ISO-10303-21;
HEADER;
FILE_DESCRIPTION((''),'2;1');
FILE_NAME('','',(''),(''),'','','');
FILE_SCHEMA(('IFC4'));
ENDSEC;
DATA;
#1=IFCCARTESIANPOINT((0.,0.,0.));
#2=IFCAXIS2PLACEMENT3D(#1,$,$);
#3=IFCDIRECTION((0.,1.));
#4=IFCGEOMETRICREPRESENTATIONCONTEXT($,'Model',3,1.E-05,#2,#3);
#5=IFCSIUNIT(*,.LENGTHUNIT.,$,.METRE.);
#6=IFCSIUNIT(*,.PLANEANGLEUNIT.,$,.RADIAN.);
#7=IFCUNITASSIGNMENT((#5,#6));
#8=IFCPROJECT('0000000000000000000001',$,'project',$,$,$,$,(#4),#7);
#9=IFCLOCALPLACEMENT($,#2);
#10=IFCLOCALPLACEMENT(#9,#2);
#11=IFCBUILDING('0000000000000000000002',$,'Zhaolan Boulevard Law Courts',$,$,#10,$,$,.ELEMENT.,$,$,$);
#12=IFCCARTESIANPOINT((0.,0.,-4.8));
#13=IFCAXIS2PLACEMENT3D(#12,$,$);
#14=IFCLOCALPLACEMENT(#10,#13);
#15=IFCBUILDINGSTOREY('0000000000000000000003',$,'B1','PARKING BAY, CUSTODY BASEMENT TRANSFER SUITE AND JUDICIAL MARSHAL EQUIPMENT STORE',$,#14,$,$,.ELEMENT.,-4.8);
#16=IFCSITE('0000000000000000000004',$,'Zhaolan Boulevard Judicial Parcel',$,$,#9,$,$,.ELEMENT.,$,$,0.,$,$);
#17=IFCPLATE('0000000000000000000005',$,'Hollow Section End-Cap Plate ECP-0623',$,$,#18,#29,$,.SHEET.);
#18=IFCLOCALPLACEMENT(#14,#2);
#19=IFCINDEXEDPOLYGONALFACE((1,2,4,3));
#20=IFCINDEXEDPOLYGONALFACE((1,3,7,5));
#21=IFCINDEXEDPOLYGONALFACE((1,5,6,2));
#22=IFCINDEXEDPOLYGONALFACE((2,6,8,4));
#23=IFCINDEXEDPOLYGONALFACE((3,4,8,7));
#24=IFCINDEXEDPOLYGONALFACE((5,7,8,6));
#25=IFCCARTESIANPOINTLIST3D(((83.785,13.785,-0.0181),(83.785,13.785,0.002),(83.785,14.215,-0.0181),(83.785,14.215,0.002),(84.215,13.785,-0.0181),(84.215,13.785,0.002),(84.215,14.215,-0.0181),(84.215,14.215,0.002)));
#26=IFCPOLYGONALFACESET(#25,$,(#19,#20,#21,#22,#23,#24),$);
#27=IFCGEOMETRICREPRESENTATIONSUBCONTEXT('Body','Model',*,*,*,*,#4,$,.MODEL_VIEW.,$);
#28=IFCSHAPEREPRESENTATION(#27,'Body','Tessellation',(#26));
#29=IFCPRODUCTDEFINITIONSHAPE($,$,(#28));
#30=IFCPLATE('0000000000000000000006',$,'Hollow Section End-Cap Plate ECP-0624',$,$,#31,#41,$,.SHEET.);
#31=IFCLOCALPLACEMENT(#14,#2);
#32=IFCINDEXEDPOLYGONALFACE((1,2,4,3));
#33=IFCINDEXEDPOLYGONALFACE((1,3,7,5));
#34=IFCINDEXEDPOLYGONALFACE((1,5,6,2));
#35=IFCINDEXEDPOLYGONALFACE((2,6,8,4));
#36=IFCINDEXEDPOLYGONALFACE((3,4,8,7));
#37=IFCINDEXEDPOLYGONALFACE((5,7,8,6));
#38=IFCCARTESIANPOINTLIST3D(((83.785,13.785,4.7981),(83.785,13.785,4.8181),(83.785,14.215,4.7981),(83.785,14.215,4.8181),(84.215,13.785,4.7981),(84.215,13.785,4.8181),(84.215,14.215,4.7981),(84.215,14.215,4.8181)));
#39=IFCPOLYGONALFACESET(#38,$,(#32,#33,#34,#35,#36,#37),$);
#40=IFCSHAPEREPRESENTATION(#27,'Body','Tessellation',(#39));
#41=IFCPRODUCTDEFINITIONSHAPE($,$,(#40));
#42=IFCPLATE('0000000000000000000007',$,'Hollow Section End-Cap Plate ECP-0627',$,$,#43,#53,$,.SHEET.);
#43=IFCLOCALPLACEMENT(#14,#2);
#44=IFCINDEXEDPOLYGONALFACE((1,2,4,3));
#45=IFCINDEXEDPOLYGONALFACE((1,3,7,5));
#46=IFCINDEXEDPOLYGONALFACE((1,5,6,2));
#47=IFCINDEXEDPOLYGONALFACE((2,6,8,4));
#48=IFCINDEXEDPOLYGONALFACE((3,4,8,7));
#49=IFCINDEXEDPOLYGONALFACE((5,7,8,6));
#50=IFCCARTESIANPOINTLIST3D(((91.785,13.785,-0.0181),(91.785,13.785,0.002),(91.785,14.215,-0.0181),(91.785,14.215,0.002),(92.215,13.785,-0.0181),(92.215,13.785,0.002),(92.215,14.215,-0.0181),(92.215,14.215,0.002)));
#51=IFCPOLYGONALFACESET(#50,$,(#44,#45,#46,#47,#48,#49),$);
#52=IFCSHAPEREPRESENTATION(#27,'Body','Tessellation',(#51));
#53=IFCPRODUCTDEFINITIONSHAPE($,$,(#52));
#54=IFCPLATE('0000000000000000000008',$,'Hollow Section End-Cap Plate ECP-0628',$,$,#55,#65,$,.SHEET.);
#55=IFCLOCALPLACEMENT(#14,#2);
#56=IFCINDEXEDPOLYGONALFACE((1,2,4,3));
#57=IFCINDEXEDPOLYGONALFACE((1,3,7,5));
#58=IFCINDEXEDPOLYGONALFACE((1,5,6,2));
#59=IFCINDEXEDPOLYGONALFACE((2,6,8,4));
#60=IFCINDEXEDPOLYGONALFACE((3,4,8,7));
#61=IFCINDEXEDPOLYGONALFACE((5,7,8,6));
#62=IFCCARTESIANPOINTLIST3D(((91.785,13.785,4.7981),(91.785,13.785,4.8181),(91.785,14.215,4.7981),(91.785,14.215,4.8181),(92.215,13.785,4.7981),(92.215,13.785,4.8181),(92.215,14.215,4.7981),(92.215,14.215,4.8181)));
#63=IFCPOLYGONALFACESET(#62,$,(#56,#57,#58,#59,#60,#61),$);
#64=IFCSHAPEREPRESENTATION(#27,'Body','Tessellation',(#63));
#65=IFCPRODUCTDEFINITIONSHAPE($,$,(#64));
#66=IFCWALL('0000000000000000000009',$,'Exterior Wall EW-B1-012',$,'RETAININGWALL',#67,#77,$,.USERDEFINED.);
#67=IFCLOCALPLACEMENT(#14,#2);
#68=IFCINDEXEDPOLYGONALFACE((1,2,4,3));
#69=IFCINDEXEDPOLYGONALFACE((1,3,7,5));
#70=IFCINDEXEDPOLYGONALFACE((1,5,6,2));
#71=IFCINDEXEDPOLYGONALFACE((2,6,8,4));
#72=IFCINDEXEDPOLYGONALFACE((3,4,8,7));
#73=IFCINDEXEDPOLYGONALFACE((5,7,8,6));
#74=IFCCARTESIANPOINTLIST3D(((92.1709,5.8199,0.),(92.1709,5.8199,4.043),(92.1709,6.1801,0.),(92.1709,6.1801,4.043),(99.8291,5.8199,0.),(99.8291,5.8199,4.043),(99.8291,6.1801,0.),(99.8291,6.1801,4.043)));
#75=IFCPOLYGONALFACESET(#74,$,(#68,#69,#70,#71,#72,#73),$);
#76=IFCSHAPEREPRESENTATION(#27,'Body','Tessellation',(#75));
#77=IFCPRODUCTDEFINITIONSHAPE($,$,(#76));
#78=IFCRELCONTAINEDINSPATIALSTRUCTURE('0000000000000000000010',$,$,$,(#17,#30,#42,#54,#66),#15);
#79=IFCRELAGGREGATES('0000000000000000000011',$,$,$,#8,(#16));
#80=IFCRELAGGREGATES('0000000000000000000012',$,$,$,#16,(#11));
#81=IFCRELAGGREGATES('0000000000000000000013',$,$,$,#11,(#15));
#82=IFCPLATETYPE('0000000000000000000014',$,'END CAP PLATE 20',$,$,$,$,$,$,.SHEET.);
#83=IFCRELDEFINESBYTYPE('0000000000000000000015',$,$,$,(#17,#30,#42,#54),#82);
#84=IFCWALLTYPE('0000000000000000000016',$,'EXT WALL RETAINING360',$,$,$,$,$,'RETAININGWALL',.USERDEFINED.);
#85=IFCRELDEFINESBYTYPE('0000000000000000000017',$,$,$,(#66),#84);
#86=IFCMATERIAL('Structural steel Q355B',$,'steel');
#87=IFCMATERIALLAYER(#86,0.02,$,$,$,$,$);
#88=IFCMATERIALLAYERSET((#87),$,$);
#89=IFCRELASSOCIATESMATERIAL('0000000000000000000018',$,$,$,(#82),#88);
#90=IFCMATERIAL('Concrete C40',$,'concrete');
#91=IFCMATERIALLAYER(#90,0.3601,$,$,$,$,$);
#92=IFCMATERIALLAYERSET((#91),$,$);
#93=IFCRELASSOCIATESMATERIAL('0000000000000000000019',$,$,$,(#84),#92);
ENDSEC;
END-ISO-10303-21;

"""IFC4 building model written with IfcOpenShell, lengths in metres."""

from ifc_helpers import new_model, si_unit, direction, frame, frame_2d, origin, origin_2d, place, context, subcontext, project, spatial, rectangle, extrude, material, layer, layer_set, type_object, element, save


model = new_model("IFC4")

# Units and contexts
model_context = context("Model", 3, precision=1e-05, world=origin(), true_north=direction((0.0, 1.0)))
body_context = subcontext(model_context, "Body", "Model", "MODEL_VIEW")
ifc_project = project(units=[si_unit("LENGTHUNIT", "METRE"), si_unit("PLANEANGLEUNIT", "RADIAN")], contexts=[model_context])

# Site, building, storey
site_placement = place(None, origin())
site = spatial("IfcSite", under=ifc_project, at=site_placement, Name="Zhaolan Boulevard Judicial Parcel", CompositionType="ELEMENT", RefElevation=0.0)
building_placement = place(site_placement, origin())
building = spatial("IfcBuilding", under=site, at=building_placement, Name="Zhaolan Boulevard Law Courts", CompositionType="ELEMENT")
storey_placement = place(building_placement, frame((0.0, 0.0, -4.8)))
storey = spatial("IfcBuildingStorey", under=building, at=storey_placement, Name="B1", Description="PARKING BAY, CUSTODY BASEMENT TRANSFER SUITE AND JUDICIAL MARSHAL EQUIPMENT STORE", CompositionType="ELEMENT", Elevation=-4.8)

# Plates
ifc_material_1 = material(Name="Structural steel Q355B", Category="steel")
ifc_layer_1 = layer(ifc_material_1, 0.02)
ifc_layer_set_1 = layer_set([ifc_layer_1])
plate_type = type_object("IfcPlateType", Name="END CAP PLATE 20", PredefinedType="SHEET", material=ifc_layer_set_1)
for number, where, z_axis, x_axis, name in (
    (1, (84.0, 14.0, -0.0181), (0.0, 0.0, 1.0), (1.0, 0.0, 0.0), "Hollow Section End-Cap Plate ECP-0623"),
    (2, (84.0, 14.0, 4.7981), (0.0, 0.0, 1.0), (1.0, 0.0, 0.0), "Hollow Section End-Cap Plate ECP-0624"),
    (3, (92.0, 14.0, -0.0181), (0.0, 0.0, 1.0), (1.0, 0.0, 0.0), "Hollow Section End-Cap Plate ECP-0627"),
    (4, (92.0, 14.0, 4.7981), (0.0, 0.0, 1.0), (1.0, 0.0, 0.0), "Hollow Section End-Cap Plate ECP-0628"),
):
    element("IfcPlate", number, at=place(storey_placement, frame(where, z_axis=z_axis, x_axis=x_axis)), inside=storey, type_object=plate_type, Name=name, PredefinedType="SHEET", context=body_context, shape_type="SweptSolid", body=[
        extrude(rectangle(XDim=0.4299, YDim=0.4299, at=origin_2d()), origin(), (0.0, 0.0, 1.0), 0.02),
    ])

# Wall
ifc_material_2 = material(Name="Concrete C40", Category="concrete")
ifc_layer_2 = layer(ifc_material_2, 0.3601)
ifc_layer_set_2 = layer_set([ifc_layer_2])
wall_type = type_object("IfcWallType", Name="EXT WALL RETAINING360", ElementType="RETAININGWALL", PredefinedType="USERDEFINED", material=ifc_layer_set_2)
wall_placement = place(storey_placement, frame((92.1709, 6.0, 0.0), z_axis=(0.0, 0.0, 1.0), x_axis=(1.0, 0.0, 0.0)))
element("IfcWall", 5, at=wall_placement, inside=storey, type_object=wall_type, Name="Exterior Wall EW-B1-012", ObjectType="RETAININGWALL", PredefinedType="USERDEFINED", context=body_context, shape_type="SweptSolid", body=[
    extrude(rectangle(XDim=7.6582, YDim=0.3601, at=frame_2d((3.8291, 0.0))), origin(), (0.0, 0.0, 1.0), 4.043),
])

save(model, "model.ifc")
